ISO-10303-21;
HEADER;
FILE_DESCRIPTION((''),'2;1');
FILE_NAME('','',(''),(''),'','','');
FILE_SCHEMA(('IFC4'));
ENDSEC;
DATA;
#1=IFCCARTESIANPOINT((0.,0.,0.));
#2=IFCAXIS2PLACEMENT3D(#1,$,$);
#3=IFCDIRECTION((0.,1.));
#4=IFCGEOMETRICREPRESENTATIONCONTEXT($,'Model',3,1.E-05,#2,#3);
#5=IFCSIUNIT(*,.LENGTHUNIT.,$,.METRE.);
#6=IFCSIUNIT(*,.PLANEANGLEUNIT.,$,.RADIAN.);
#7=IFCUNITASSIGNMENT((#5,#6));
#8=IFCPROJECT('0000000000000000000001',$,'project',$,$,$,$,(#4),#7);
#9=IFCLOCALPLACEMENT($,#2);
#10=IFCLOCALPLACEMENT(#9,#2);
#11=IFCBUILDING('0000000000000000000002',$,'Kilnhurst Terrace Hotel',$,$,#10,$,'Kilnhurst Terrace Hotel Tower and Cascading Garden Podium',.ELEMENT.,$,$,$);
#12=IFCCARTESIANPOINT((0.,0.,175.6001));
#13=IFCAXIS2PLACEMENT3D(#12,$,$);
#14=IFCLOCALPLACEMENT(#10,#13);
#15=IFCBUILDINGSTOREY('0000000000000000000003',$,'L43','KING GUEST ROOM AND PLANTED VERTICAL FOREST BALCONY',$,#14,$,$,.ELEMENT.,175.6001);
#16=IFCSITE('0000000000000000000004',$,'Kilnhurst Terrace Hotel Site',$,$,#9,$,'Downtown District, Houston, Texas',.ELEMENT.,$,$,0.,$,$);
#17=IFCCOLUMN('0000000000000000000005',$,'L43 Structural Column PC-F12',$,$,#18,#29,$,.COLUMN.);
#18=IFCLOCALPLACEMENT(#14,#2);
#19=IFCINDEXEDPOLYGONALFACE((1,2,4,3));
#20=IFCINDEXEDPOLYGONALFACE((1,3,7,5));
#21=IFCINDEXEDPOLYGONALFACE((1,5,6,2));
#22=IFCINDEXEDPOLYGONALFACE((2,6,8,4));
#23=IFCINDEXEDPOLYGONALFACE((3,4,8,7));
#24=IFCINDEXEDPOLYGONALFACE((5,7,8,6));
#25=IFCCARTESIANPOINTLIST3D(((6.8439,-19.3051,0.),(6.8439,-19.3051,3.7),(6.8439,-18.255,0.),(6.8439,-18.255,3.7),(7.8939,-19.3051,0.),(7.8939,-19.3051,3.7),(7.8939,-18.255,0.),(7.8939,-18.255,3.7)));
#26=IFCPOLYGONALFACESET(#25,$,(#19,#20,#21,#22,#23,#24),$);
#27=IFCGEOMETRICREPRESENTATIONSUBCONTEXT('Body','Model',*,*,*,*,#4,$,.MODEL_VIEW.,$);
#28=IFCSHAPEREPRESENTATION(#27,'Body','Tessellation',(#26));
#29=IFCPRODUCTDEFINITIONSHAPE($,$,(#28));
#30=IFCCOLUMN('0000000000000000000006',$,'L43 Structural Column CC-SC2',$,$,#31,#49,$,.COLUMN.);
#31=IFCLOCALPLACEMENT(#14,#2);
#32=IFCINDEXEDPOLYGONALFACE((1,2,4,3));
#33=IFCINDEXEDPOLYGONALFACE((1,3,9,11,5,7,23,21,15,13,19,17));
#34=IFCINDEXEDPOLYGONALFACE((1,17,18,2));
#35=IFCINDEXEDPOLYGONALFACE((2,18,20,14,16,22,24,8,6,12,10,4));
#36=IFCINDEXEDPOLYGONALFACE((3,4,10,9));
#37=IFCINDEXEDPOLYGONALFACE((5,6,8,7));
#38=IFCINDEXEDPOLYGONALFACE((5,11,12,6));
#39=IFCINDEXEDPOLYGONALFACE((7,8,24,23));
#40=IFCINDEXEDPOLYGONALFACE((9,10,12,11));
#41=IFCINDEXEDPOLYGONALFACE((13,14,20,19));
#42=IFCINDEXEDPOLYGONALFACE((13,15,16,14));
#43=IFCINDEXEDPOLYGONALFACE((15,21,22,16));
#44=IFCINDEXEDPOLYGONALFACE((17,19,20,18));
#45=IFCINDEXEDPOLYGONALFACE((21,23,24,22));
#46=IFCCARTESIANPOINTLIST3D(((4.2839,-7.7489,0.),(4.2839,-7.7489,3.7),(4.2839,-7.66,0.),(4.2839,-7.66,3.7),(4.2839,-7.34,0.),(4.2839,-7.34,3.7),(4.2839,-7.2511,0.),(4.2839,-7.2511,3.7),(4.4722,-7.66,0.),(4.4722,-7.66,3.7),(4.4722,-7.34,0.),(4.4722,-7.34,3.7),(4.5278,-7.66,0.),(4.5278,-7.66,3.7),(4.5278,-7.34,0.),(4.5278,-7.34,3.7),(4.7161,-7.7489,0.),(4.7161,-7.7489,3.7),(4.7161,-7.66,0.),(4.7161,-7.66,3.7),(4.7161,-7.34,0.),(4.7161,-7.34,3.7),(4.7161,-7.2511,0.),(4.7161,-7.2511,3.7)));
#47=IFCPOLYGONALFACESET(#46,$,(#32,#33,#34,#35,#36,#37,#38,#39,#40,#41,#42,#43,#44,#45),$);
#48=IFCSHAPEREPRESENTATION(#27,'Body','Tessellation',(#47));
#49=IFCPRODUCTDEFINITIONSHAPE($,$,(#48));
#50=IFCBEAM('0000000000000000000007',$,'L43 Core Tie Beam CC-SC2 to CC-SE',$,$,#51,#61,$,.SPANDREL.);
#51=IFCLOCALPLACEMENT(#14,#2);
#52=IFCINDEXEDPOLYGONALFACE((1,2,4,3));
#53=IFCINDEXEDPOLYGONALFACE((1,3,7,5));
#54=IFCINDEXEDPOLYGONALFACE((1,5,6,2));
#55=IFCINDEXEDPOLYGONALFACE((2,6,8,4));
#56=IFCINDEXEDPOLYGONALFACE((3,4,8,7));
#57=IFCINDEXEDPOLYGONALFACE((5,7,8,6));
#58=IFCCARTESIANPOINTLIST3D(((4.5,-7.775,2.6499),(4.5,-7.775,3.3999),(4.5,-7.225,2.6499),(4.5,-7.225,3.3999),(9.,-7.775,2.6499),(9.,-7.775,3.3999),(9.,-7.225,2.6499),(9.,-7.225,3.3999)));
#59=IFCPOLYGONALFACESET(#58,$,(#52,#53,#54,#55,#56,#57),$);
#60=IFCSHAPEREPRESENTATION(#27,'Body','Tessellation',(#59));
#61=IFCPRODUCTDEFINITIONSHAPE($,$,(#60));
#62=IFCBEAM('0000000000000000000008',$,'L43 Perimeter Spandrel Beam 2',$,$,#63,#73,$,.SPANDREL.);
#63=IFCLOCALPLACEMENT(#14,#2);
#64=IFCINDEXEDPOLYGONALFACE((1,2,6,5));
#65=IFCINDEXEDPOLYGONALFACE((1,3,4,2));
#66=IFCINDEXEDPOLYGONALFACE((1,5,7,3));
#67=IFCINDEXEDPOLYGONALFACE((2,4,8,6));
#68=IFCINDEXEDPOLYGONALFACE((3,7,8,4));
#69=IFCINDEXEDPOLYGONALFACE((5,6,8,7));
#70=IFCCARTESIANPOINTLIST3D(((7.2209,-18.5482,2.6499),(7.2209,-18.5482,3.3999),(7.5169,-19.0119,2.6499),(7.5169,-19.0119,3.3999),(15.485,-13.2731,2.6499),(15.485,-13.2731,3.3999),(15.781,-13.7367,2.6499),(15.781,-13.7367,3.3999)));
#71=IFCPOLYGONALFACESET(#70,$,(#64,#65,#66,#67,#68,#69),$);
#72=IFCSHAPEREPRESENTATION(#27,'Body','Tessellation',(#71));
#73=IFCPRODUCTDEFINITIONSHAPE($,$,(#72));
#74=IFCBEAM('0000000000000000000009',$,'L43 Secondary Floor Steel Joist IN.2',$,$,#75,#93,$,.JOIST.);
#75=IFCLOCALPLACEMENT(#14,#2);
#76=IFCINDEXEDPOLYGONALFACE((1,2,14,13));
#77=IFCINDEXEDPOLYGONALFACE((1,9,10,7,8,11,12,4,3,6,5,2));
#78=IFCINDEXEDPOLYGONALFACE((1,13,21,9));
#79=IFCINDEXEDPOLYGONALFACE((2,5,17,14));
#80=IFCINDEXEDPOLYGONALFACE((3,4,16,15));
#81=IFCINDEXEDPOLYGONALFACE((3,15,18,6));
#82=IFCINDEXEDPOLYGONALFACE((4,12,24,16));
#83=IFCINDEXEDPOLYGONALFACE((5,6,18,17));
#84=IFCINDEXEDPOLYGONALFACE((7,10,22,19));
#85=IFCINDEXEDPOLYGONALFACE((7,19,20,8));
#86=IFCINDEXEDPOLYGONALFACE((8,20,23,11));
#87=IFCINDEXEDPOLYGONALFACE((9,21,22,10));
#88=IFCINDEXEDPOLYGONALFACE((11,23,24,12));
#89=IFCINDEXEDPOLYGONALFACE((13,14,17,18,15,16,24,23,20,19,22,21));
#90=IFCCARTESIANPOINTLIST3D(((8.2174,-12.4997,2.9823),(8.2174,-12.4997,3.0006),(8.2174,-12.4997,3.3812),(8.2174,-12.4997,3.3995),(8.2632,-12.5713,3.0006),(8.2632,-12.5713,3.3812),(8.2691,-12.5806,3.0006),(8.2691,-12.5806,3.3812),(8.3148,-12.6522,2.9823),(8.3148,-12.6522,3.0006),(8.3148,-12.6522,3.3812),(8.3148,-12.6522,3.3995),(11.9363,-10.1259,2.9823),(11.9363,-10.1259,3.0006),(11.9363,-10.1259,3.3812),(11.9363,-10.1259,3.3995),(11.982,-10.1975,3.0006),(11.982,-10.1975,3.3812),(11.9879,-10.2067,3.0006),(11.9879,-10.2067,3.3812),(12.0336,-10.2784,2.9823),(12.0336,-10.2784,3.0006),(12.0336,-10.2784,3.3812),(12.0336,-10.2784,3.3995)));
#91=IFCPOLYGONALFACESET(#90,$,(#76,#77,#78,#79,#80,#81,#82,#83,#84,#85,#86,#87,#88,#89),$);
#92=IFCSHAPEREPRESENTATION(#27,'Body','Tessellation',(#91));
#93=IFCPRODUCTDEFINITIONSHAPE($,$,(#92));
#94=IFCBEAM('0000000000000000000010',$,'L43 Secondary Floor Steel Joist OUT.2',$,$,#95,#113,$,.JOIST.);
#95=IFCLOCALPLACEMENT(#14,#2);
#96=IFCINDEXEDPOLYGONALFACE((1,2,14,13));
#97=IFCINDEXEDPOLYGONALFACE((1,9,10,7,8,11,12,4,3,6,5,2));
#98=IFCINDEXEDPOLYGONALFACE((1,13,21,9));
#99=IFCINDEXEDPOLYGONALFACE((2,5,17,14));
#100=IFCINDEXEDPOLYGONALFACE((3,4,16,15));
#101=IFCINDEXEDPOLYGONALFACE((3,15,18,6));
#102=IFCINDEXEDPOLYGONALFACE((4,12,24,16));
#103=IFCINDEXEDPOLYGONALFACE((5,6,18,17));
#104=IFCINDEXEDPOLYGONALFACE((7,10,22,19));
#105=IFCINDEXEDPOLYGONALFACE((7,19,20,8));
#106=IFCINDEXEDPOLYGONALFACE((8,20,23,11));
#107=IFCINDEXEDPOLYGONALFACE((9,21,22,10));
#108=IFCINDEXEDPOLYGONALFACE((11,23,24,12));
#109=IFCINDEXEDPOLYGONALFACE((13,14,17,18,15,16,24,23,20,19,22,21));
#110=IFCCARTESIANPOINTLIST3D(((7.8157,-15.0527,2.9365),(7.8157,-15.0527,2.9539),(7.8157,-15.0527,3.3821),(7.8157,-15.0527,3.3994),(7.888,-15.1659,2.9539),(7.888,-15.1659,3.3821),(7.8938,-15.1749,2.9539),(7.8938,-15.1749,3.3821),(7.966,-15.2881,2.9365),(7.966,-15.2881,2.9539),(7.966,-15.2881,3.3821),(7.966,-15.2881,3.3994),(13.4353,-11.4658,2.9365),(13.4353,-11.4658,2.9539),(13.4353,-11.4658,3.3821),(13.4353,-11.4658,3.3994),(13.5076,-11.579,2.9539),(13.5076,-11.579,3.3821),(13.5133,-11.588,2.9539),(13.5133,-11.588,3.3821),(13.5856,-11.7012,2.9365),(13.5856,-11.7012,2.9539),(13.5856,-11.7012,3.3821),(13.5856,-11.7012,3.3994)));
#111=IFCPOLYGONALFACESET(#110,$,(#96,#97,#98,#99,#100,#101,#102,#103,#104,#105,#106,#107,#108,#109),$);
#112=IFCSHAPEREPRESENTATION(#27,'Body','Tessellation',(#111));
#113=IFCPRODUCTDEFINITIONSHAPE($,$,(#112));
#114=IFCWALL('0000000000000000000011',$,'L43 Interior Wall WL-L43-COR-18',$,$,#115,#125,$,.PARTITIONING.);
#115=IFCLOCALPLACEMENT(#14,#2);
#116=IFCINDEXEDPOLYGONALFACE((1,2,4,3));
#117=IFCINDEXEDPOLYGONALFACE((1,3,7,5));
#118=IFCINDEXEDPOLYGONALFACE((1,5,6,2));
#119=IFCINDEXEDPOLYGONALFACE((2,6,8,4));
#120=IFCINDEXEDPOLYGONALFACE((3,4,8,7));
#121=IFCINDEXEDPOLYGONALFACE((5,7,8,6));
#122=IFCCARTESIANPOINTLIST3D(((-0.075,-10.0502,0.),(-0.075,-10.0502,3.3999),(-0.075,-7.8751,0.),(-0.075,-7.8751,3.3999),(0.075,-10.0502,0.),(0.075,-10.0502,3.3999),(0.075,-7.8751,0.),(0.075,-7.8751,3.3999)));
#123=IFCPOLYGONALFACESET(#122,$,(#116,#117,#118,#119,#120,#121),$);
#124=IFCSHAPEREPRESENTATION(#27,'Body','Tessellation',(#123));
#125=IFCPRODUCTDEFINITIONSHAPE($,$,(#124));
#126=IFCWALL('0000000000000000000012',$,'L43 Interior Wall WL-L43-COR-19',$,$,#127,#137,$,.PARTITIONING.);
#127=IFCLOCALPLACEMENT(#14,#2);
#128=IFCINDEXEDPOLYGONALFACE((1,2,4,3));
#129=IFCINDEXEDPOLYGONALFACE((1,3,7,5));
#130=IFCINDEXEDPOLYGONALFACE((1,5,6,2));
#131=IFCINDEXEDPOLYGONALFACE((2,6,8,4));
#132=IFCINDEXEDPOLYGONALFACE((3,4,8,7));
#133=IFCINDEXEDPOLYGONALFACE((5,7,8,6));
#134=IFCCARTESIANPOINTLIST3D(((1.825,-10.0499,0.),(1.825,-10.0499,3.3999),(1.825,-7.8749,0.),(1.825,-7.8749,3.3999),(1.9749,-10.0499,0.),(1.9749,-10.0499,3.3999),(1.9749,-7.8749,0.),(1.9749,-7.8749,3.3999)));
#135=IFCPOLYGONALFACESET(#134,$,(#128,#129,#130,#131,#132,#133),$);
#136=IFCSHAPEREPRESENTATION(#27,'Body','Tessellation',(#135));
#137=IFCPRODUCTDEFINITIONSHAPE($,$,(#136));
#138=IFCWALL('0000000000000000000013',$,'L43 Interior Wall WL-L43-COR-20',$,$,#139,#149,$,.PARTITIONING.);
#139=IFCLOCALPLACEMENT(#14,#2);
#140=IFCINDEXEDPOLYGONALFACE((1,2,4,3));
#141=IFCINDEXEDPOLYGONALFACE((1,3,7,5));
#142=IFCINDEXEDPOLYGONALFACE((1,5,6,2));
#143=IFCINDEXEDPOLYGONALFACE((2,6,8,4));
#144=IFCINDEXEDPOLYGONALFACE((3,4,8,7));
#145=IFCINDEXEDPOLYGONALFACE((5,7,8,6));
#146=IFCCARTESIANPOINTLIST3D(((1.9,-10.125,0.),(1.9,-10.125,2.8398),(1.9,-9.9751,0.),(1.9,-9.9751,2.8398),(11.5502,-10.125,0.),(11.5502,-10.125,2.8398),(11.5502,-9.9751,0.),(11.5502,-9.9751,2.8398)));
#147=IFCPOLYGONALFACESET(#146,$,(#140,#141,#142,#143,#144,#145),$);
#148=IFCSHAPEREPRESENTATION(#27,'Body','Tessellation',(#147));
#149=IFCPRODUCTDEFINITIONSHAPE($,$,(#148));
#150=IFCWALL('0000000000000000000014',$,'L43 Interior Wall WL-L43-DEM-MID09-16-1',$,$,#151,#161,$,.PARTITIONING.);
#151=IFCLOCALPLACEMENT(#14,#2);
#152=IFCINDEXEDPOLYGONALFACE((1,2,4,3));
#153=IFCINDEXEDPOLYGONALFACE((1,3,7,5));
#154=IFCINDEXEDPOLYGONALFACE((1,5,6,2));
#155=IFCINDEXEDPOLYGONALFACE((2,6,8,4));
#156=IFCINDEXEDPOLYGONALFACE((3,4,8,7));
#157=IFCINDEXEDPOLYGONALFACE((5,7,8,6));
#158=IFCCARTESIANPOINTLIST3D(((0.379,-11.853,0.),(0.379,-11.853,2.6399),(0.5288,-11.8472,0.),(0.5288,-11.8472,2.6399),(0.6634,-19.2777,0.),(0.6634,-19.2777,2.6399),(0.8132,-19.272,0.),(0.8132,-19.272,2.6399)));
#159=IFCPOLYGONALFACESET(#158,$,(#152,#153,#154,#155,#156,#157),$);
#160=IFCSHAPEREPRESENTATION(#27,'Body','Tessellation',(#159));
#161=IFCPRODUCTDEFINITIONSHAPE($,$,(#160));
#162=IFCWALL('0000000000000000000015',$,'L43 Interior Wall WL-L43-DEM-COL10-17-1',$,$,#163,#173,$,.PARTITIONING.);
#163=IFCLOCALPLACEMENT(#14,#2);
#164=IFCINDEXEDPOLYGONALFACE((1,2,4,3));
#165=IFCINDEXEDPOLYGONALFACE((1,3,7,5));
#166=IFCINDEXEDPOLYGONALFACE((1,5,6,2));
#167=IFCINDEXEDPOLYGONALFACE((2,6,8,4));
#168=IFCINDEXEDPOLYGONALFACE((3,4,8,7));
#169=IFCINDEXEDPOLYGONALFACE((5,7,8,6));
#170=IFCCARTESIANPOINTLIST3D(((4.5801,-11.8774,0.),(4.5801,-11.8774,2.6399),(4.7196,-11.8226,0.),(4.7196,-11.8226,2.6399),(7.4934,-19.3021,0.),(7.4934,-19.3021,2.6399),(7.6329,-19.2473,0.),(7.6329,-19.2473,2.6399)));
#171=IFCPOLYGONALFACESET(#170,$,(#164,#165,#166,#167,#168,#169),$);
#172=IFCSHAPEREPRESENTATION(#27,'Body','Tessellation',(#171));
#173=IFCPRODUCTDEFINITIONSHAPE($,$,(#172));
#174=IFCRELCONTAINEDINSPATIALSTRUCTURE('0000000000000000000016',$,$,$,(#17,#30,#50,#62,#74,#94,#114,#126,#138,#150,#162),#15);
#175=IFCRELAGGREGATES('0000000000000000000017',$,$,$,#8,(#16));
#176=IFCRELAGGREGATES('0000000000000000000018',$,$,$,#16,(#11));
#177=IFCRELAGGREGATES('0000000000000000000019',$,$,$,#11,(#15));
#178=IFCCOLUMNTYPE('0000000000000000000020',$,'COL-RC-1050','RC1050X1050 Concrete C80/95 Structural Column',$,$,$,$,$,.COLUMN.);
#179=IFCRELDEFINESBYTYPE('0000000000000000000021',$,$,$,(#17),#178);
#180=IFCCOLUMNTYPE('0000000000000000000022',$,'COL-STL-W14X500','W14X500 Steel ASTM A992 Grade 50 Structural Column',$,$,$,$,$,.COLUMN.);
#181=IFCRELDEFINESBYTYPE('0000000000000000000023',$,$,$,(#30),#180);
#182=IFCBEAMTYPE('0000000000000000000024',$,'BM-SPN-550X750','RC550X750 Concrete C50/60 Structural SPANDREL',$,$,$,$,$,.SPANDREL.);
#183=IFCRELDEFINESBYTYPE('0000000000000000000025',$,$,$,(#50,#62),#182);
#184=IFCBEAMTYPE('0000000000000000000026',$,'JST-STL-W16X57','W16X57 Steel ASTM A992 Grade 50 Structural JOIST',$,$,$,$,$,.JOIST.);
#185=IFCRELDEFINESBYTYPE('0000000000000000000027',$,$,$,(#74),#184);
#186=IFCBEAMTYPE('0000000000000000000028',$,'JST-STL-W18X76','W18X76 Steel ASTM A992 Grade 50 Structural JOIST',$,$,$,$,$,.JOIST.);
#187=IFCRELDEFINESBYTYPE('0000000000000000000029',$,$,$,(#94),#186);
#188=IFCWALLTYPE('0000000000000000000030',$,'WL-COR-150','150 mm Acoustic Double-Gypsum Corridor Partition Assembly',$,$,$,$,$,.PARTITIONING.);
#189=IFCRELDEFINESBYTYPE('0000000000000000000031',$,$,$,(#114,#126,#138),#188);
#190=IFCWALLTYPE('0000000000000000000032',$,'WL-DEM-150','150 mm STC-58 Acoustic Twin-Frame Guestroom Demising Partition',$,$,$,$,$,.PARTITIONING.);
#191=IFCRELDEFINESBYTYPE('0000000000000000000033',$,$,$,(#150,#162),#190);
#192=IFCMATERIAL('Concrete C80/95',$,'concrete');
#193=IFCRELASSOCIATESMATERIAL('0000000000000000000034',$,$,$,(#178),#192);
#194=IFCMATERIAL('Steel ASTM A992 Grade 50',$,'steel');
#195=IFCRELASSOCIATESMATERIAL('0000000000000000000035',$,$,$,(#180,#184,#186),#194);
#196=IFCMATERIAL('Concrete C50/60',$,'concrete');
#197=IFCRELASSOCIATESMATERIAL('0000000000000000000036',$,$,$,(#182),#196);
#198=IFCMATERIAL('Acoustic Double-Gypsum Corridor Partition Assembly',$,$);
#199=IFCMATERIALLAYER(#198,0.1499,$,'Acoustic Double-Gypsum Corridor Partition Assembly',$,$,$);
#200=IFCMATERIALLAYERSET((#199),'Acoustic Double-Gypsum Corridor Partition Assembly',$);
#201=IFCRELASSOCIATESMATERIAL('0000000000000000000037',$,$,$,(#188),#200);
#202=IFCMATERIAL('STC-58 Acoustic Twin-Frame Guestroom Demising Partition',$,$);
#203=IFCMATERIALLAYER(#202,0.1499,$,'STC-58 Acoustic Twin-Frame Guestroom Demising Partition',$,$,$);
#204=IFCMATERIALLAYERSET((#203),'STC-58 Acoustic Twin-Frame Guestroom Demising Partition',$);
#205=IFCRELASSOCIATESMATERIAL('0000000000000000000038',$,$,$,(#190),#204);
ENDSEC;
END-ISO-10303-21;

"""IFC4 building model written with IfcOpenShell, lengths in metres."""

from ifc_helpers import new_model, si_unit, direction, frame, frame_2d, origin, origin_2d, place, context, subcontext, project, spatial, rectangle, i_section, extrude, material, layer, layer_set, material_profile, profile_set, type_object, element, save


model = new_model("IFC4")

# Units and contexts
model_context = context("Model", 3, precision=1e-05, world=origin(), true_north=direction((0.0, 1.0)))
body_context = subcontext(model_context, "Body", "Model", "MODEL_VIEW")
ifc_project = project(units=[si_unit("LENGTHUNIT", "METRE"), si_unit("PLANEANGLEUNIT", "RADIAN")], contexts=[model_context])

# Site, building, storey
site_placement = place(None, origin())
site = spatial("IfcSite", under=ifc_project, at=site_placement, Name="Kilnhurst Terrace Hotel Site", LongName="Downtown District, Houston, Texas", CompositionType="ELEMENT", RefElevation=0.0)
building_placement = place(site_placement, origin())
building = spatial("IfcBuilding", under=site, at=building_placement, Name="Kilnhurst Terrace Hotel", LongName="Kilnhurst Terrace Hotel Tower and Cascading Garden Podium", CompositionType="ELEMENT")
storey_placement = place(building_placement, frame((0.0, 0.0, 175.6001)))
storey = spatial("IfcBuildingStorey", under=building, at=storey_placement, Name="L43", Description="KING GUEST ROOM AND PLANTED VERTICAL FOREST BALCONY", CompositionType="ELEMENT", Elevation=175.6001)

# Columns
ifc_material_1 = material(Name="Concrete C80/95", Category="concrete")
ifc_material_profile_1 = material_profile(ifc_material_1, rectangle(XDim=1.05, YDim=1.05, at=origin_2d()), Name="RC1050X1050")
ifc_profile_set_1 = profile_set([ifc_material_profile_1], Name="Concrete C80/95")
column_type_1 = type_object("IfcColumnType", Name="COL-RC-1050", Description="RC1050X1050 Concrete C80/95 Structural Column", PredefinedType="COLUMN", material=ifc_profile_set_1)
column_1_placement = place(storey_placement, frame((7.3689, -18.78, 0.0), z_axis=(0.0, 0.0, 1.0), x_axis=(1.0, 0.0, 0.0)))
element("IfcColumn", 1, at=column_1_placement, inside=storey, type_object=column_type_1, Name="L43 Structural Column PC-F12", PredefinedType="COLUMN", context=body_context, shape_type="SweptSolid", body=[
    extrude(rectangle(XDim=1.05, YDim=1.05, at=origin_2d()), origin(), (0.0, 0.0, 1.0), 3.7),
])
ifc_material_2 = material(Name="Steel ASTM A992 Grade 50", Category="steel")
ifc_material_profile_2 = material_profile(ifc_material_2, i_section(OverallWidth=0.4321, OverallDepth=0.4978, WebThickness=0.0557, FlangeThickness=0.0889, at=origin_2d()), Name="W14X500")
ifc_profile_set_2 = profile_set([ifc_material_profile_2], Name="Steel ASTM A992 Grade 50")
column_type_2 = type_object("IfcColumnType", Name="COL-STL-W14X500", Description="W14X500 Steel ASTM A992 Grade 50 Structural Column", PredefinedType="COLUMN", material=ifc_profile_set_2)
column_2_placement = place(storey_placement, frame((4.5, -7.5, 0.0), z_axis=(0.0, 0.0, 1.0), x_axis=(1.0, 0.0, 0.0)))
element("IfcColumn", 2, at=column_2_placement, inside=storey, type_object=column_type_2, Name="L43 Structural Column CC-SC2", PredefinedType="COLUMN", context=body_context, shape_type="SweptSolid", body=[
    extrude(i_section(OverallWidth=0.4321, OverallDepth=0.4978, WebThickness=0.0557, FlangeThickness=0.0889, at=origin_2d()), origin(), (0.0, 0.0, 1.0), 3.7),
])

# Beams
ifc_material_3 = material(Name="Concrete C50/60", Category="concrete")
ifc_material_profile_3 = material_profile(ifc_material_3, rectangle(XDim=0.55, YDim=0.75, at=origin_2d()), Name="RC550X750")
ifc_profile_set_3 = profile_set([ifc_material_profile_3], Name="Concrete C50/60")
beam_type_1 = type_object("IfcBeamType", Name="BM-SPN-550X750", Description="RC550X750 Concrete C50/60 Structural SPANDREL", PredefinedType="SPANDREL", material=ifc_profile_set_3)
beam_1_placement = place(storey_placement, frame((4.5, -7.5, 3.0249), z_axis=(1.0, 0.0, 0.0), x_axis=(0.0, 1.0, 0.0)))
element("IfcBeam", 3, at=beam_1_placement, inside=storey, type_object=beam_type_1, Name="L43 Core Tie Beam CC-SC2 to CC-SE", PredefinedType="SPANDREL", context=body_context, shape_type="SweptSolid", body=[
    extrude(rectangle(XDim=0.55, YDim=0.75, at=origin_2d()), origin(), (0.0, 0.0, 1.0), 4.5),
])
beam_2_placement = place(storey_placement, frame((7.3689, -18.78, 3.0249), z_axis=(0.842915, 0.538046, 0.0), x_axis=(-0.538046, 0.842915, 0.0)))
element("IfcBeam", 4, at=beam_2_placement, inside=storey, type_object=beam_type_1, Name="L43 Perimeter Spandrel Beam 2", PredefinedType="SPANDREL", context=body_context, shape_type="SweptSolid", body=[
    extrude(rectangle(XDim=0.55, YDim=0.75, at=origin_2d()), origin(), (0.0, 0.0, 1.0), 9.8042),
])
ifc_material_profile_4 = material_profile(ifc_material_2, i_section(OverallWidth=0.1809, OverallDepth=0.4172, WebThickness=0.011, FlangeThickness=0.0183, at=origin_2d()), Name="W16X57")
ifc_profile_set_4 = profile_set([ifc_material_profile_4], Name="Steel ASTM A992 Grade 50")
beam_type_2 = type_object("IfcBeamType", Name="JST-STL-W16X57", Description="W16X57 Steel ASTM A992 Grade 50 Structural JOIST", PredefinedType="JOIST", material=ifc_profile_set_4)
beam_3_placement = place(storey_placement, frame((8.2661, -12.5759, 3.1909), z_axis=(0.842911, 0.538053, 0.0), x_axis=(-0.538053, 0.842911, 0.0)))
element("IfcBeam", 5, at=beam_3_placement, inside=storey, type_object=beam_type_2, Name="L43 Secondary Floor Steel Joist IN.2", PredefinedType="JOIST", context=body_context, shape_type="SweptSolid", body=[
    extrude(i_section(OverallWidth=0.1809, OverallDepth=0.4172, WebThickness=0.011, FlangeThickness=0.0183, at=origin_2d()), origin(), (0.0, 0.0, 1.0), 4.4119),
])
ifc_material_profile_5 = material_profile(ifc_material_2, i_section(OverallWidth=0.2793, OverallDepth=0.4629, WebThickness=0.0107, FlangeThickness=0.0173, at=origin_2d()), Name="W18X76")
ifc_profile_set_5 = profile_set([ifc_material_profile_5], Name="Steel ASTM A992 Grade 50")
beam_type_3 = type_object("IfcBeamType", Name="JST-STL-W18X76", Description="W18X76 Steel ASTM A992 Grade 50 Structural JOIST", PredefinedType="JOIST", material=ifc_profile_set_5)
beam_4_placement = place(storey_placement, frame((7.8909, -15.1704, 3.168), z_axis=(0.842928, 0.538027, 0.0), x_axis=(-0.538027, 0.842928, 0.0)))
element("IfcBeam", 6, at=beam_4_placement, inside=storey, type_object=beam_type_3, Name="L43 Secondary Floor Steel Joist OUT.2", PredefinedType="JOIST", context=body_context, shape_type="SweptSolid", body=[
    extrude(i_section(OverallWidth=0.2793, OverallDepth=0.4629, WebThickness=0.0107, FlangeThickness=0.0173, at=origin_2d()), origin(), (0.0, 0.0, 1.0), 6.6667),
])

# Walls
ifc_material_4 = material(Name="Acoustic Double-Gypsum Corridor Partition Assembly")
ifc_layer_1 = layer(ifc_material_4, 0.1499, Name="Acoustic Double-Gypsum Corridor Partition Assembly")
ifc_layer_set_1 = layer_set([ifc_layer_1], Name="Acoustic Double-Gypsum Corridor Partition Assembly")
wall_type_1 = type_object("IfcWallType", Name="WL-COR-150", Description="150 mm Acoustic Double-Gypsum Corridor Partition Assembly", PredefinedType="PARTITIONING", material=ifc_layer_set_1)
for number, where, z_axis, x_axis, name in (
    (7, (0.0, -10.05, 0.0), (0.0, 0.0, 1.0), (0.0, 1.0, 0.0), "L43 Interior Wall WL-L43-COR-18"),
    (8, (1.8999, -7.875, 0.0), (0.0, 0.0, 1.0), (0.0, -1.0, 0.0), "L43 Interior Wall WL-L43-COR-19"),
):
    element("IfcWall", number, at=place(storey_placement, frame(where, z_axis=z_axis, x_axis=x_axis)), inside=storey, type_object=wall_type_1, Name=name, PredefinedType="PARTITIONING", context=body_context, shape_type="SweptSolid", body=[
        extrude(rectangle(XDim=2.175, YDim=0.1499, at=frame_2d((1.0874, 0.0))), origin(), (0.0, 0.0, 1.0), 3.3999),
    ])
wall_1_placement = place(storey_placement, frame((1.8999, -10.05, 0.0), z_axis=(0.0, 0.0, 1.0), x_axis=(1.0, 0.0, 0.0)))
element("IfcWall", 9, at=wall_1_placement, inside=storey, type_object=wall_type_1, Name="L43 Interior Wall WL-L43-COR-20", PredefinedType="PARTITIONING", context=body_context, shape_type="SweptSolid", body=[
    extrude(rectangle(XDim=9.6501, YDim=0.1499, at=frame_2d((4.8252, 0.0))), origin(), (0.0, 0.0, 1.0), 2.8398),
])
ifc_material_5 = material(Name="STC-58 Acoustic Twin-Frame Guestroom Demising Partition")
ifc_layer_2 = layer(ifc_material_5, 0.1499, Name="STC-58 Acoustic Twin-Frame Guestroom Demising Partition")
ifc_layer_set_2 = layer_set([ifc_layer_2], Name="STC-58 Acoustic Twin-Frame Guestroom Demising Partition")
wall_type_2 = type_object("IfcWallType", Name="WL-DEM-150", Description="150 mm STC-58 Acoustic Twin-Frame Guestroom Demising Partition", PredefinedType="PARTITIONING", material=ifc_layer_set_2)
wall_2_placement = place(storey_placement, frame((0.4539, -11.8501, 0.0), z_axis=(0.0, 0.0, 1.0), x_axis=(0.038279, -0.999267, 0.0)))
element("IfcWall", 10, at=wall_2_placement, inside=storey, type_object=wall_type_2, Name="L43 Interior Wall WL-L43-DEM-MID09-16-1", PredefinedType="PARTITIONING", context=body_context, shape_type="SweptSolid", body=[
    extrude(rectangle(XDim=7.4302, YDim=0.1499, at=frame_2d((3.7151, 0.0))), origin(), (0.0, 0.0, 1.0), 2.6399),
])
wall_3_placement = place(storey_placement, frame((4.6499, -11.8501, 0.0), z_axis=(0.0, 0.0, 1.0), x_axis=(0.365266, -0.930903, 0.0)))
element("IfcWall", 11, at=wall_3_placement, inside=storey, type_object=wall_type_2, Name="L43 Interior Wall WL-L43-DEM-COL10-17-1", PredefinedType="PARTITIONING", context=body_context, shape_type="SweptSolid", body=[
    extrude(rectangle(XDim=7.9758, YDim=0.1499, at=frame_2d((3.9878, 0.0))), origin(), (0.0, 0.0, 1.0), 2.6399),
])

save(model, "model.ifc")
